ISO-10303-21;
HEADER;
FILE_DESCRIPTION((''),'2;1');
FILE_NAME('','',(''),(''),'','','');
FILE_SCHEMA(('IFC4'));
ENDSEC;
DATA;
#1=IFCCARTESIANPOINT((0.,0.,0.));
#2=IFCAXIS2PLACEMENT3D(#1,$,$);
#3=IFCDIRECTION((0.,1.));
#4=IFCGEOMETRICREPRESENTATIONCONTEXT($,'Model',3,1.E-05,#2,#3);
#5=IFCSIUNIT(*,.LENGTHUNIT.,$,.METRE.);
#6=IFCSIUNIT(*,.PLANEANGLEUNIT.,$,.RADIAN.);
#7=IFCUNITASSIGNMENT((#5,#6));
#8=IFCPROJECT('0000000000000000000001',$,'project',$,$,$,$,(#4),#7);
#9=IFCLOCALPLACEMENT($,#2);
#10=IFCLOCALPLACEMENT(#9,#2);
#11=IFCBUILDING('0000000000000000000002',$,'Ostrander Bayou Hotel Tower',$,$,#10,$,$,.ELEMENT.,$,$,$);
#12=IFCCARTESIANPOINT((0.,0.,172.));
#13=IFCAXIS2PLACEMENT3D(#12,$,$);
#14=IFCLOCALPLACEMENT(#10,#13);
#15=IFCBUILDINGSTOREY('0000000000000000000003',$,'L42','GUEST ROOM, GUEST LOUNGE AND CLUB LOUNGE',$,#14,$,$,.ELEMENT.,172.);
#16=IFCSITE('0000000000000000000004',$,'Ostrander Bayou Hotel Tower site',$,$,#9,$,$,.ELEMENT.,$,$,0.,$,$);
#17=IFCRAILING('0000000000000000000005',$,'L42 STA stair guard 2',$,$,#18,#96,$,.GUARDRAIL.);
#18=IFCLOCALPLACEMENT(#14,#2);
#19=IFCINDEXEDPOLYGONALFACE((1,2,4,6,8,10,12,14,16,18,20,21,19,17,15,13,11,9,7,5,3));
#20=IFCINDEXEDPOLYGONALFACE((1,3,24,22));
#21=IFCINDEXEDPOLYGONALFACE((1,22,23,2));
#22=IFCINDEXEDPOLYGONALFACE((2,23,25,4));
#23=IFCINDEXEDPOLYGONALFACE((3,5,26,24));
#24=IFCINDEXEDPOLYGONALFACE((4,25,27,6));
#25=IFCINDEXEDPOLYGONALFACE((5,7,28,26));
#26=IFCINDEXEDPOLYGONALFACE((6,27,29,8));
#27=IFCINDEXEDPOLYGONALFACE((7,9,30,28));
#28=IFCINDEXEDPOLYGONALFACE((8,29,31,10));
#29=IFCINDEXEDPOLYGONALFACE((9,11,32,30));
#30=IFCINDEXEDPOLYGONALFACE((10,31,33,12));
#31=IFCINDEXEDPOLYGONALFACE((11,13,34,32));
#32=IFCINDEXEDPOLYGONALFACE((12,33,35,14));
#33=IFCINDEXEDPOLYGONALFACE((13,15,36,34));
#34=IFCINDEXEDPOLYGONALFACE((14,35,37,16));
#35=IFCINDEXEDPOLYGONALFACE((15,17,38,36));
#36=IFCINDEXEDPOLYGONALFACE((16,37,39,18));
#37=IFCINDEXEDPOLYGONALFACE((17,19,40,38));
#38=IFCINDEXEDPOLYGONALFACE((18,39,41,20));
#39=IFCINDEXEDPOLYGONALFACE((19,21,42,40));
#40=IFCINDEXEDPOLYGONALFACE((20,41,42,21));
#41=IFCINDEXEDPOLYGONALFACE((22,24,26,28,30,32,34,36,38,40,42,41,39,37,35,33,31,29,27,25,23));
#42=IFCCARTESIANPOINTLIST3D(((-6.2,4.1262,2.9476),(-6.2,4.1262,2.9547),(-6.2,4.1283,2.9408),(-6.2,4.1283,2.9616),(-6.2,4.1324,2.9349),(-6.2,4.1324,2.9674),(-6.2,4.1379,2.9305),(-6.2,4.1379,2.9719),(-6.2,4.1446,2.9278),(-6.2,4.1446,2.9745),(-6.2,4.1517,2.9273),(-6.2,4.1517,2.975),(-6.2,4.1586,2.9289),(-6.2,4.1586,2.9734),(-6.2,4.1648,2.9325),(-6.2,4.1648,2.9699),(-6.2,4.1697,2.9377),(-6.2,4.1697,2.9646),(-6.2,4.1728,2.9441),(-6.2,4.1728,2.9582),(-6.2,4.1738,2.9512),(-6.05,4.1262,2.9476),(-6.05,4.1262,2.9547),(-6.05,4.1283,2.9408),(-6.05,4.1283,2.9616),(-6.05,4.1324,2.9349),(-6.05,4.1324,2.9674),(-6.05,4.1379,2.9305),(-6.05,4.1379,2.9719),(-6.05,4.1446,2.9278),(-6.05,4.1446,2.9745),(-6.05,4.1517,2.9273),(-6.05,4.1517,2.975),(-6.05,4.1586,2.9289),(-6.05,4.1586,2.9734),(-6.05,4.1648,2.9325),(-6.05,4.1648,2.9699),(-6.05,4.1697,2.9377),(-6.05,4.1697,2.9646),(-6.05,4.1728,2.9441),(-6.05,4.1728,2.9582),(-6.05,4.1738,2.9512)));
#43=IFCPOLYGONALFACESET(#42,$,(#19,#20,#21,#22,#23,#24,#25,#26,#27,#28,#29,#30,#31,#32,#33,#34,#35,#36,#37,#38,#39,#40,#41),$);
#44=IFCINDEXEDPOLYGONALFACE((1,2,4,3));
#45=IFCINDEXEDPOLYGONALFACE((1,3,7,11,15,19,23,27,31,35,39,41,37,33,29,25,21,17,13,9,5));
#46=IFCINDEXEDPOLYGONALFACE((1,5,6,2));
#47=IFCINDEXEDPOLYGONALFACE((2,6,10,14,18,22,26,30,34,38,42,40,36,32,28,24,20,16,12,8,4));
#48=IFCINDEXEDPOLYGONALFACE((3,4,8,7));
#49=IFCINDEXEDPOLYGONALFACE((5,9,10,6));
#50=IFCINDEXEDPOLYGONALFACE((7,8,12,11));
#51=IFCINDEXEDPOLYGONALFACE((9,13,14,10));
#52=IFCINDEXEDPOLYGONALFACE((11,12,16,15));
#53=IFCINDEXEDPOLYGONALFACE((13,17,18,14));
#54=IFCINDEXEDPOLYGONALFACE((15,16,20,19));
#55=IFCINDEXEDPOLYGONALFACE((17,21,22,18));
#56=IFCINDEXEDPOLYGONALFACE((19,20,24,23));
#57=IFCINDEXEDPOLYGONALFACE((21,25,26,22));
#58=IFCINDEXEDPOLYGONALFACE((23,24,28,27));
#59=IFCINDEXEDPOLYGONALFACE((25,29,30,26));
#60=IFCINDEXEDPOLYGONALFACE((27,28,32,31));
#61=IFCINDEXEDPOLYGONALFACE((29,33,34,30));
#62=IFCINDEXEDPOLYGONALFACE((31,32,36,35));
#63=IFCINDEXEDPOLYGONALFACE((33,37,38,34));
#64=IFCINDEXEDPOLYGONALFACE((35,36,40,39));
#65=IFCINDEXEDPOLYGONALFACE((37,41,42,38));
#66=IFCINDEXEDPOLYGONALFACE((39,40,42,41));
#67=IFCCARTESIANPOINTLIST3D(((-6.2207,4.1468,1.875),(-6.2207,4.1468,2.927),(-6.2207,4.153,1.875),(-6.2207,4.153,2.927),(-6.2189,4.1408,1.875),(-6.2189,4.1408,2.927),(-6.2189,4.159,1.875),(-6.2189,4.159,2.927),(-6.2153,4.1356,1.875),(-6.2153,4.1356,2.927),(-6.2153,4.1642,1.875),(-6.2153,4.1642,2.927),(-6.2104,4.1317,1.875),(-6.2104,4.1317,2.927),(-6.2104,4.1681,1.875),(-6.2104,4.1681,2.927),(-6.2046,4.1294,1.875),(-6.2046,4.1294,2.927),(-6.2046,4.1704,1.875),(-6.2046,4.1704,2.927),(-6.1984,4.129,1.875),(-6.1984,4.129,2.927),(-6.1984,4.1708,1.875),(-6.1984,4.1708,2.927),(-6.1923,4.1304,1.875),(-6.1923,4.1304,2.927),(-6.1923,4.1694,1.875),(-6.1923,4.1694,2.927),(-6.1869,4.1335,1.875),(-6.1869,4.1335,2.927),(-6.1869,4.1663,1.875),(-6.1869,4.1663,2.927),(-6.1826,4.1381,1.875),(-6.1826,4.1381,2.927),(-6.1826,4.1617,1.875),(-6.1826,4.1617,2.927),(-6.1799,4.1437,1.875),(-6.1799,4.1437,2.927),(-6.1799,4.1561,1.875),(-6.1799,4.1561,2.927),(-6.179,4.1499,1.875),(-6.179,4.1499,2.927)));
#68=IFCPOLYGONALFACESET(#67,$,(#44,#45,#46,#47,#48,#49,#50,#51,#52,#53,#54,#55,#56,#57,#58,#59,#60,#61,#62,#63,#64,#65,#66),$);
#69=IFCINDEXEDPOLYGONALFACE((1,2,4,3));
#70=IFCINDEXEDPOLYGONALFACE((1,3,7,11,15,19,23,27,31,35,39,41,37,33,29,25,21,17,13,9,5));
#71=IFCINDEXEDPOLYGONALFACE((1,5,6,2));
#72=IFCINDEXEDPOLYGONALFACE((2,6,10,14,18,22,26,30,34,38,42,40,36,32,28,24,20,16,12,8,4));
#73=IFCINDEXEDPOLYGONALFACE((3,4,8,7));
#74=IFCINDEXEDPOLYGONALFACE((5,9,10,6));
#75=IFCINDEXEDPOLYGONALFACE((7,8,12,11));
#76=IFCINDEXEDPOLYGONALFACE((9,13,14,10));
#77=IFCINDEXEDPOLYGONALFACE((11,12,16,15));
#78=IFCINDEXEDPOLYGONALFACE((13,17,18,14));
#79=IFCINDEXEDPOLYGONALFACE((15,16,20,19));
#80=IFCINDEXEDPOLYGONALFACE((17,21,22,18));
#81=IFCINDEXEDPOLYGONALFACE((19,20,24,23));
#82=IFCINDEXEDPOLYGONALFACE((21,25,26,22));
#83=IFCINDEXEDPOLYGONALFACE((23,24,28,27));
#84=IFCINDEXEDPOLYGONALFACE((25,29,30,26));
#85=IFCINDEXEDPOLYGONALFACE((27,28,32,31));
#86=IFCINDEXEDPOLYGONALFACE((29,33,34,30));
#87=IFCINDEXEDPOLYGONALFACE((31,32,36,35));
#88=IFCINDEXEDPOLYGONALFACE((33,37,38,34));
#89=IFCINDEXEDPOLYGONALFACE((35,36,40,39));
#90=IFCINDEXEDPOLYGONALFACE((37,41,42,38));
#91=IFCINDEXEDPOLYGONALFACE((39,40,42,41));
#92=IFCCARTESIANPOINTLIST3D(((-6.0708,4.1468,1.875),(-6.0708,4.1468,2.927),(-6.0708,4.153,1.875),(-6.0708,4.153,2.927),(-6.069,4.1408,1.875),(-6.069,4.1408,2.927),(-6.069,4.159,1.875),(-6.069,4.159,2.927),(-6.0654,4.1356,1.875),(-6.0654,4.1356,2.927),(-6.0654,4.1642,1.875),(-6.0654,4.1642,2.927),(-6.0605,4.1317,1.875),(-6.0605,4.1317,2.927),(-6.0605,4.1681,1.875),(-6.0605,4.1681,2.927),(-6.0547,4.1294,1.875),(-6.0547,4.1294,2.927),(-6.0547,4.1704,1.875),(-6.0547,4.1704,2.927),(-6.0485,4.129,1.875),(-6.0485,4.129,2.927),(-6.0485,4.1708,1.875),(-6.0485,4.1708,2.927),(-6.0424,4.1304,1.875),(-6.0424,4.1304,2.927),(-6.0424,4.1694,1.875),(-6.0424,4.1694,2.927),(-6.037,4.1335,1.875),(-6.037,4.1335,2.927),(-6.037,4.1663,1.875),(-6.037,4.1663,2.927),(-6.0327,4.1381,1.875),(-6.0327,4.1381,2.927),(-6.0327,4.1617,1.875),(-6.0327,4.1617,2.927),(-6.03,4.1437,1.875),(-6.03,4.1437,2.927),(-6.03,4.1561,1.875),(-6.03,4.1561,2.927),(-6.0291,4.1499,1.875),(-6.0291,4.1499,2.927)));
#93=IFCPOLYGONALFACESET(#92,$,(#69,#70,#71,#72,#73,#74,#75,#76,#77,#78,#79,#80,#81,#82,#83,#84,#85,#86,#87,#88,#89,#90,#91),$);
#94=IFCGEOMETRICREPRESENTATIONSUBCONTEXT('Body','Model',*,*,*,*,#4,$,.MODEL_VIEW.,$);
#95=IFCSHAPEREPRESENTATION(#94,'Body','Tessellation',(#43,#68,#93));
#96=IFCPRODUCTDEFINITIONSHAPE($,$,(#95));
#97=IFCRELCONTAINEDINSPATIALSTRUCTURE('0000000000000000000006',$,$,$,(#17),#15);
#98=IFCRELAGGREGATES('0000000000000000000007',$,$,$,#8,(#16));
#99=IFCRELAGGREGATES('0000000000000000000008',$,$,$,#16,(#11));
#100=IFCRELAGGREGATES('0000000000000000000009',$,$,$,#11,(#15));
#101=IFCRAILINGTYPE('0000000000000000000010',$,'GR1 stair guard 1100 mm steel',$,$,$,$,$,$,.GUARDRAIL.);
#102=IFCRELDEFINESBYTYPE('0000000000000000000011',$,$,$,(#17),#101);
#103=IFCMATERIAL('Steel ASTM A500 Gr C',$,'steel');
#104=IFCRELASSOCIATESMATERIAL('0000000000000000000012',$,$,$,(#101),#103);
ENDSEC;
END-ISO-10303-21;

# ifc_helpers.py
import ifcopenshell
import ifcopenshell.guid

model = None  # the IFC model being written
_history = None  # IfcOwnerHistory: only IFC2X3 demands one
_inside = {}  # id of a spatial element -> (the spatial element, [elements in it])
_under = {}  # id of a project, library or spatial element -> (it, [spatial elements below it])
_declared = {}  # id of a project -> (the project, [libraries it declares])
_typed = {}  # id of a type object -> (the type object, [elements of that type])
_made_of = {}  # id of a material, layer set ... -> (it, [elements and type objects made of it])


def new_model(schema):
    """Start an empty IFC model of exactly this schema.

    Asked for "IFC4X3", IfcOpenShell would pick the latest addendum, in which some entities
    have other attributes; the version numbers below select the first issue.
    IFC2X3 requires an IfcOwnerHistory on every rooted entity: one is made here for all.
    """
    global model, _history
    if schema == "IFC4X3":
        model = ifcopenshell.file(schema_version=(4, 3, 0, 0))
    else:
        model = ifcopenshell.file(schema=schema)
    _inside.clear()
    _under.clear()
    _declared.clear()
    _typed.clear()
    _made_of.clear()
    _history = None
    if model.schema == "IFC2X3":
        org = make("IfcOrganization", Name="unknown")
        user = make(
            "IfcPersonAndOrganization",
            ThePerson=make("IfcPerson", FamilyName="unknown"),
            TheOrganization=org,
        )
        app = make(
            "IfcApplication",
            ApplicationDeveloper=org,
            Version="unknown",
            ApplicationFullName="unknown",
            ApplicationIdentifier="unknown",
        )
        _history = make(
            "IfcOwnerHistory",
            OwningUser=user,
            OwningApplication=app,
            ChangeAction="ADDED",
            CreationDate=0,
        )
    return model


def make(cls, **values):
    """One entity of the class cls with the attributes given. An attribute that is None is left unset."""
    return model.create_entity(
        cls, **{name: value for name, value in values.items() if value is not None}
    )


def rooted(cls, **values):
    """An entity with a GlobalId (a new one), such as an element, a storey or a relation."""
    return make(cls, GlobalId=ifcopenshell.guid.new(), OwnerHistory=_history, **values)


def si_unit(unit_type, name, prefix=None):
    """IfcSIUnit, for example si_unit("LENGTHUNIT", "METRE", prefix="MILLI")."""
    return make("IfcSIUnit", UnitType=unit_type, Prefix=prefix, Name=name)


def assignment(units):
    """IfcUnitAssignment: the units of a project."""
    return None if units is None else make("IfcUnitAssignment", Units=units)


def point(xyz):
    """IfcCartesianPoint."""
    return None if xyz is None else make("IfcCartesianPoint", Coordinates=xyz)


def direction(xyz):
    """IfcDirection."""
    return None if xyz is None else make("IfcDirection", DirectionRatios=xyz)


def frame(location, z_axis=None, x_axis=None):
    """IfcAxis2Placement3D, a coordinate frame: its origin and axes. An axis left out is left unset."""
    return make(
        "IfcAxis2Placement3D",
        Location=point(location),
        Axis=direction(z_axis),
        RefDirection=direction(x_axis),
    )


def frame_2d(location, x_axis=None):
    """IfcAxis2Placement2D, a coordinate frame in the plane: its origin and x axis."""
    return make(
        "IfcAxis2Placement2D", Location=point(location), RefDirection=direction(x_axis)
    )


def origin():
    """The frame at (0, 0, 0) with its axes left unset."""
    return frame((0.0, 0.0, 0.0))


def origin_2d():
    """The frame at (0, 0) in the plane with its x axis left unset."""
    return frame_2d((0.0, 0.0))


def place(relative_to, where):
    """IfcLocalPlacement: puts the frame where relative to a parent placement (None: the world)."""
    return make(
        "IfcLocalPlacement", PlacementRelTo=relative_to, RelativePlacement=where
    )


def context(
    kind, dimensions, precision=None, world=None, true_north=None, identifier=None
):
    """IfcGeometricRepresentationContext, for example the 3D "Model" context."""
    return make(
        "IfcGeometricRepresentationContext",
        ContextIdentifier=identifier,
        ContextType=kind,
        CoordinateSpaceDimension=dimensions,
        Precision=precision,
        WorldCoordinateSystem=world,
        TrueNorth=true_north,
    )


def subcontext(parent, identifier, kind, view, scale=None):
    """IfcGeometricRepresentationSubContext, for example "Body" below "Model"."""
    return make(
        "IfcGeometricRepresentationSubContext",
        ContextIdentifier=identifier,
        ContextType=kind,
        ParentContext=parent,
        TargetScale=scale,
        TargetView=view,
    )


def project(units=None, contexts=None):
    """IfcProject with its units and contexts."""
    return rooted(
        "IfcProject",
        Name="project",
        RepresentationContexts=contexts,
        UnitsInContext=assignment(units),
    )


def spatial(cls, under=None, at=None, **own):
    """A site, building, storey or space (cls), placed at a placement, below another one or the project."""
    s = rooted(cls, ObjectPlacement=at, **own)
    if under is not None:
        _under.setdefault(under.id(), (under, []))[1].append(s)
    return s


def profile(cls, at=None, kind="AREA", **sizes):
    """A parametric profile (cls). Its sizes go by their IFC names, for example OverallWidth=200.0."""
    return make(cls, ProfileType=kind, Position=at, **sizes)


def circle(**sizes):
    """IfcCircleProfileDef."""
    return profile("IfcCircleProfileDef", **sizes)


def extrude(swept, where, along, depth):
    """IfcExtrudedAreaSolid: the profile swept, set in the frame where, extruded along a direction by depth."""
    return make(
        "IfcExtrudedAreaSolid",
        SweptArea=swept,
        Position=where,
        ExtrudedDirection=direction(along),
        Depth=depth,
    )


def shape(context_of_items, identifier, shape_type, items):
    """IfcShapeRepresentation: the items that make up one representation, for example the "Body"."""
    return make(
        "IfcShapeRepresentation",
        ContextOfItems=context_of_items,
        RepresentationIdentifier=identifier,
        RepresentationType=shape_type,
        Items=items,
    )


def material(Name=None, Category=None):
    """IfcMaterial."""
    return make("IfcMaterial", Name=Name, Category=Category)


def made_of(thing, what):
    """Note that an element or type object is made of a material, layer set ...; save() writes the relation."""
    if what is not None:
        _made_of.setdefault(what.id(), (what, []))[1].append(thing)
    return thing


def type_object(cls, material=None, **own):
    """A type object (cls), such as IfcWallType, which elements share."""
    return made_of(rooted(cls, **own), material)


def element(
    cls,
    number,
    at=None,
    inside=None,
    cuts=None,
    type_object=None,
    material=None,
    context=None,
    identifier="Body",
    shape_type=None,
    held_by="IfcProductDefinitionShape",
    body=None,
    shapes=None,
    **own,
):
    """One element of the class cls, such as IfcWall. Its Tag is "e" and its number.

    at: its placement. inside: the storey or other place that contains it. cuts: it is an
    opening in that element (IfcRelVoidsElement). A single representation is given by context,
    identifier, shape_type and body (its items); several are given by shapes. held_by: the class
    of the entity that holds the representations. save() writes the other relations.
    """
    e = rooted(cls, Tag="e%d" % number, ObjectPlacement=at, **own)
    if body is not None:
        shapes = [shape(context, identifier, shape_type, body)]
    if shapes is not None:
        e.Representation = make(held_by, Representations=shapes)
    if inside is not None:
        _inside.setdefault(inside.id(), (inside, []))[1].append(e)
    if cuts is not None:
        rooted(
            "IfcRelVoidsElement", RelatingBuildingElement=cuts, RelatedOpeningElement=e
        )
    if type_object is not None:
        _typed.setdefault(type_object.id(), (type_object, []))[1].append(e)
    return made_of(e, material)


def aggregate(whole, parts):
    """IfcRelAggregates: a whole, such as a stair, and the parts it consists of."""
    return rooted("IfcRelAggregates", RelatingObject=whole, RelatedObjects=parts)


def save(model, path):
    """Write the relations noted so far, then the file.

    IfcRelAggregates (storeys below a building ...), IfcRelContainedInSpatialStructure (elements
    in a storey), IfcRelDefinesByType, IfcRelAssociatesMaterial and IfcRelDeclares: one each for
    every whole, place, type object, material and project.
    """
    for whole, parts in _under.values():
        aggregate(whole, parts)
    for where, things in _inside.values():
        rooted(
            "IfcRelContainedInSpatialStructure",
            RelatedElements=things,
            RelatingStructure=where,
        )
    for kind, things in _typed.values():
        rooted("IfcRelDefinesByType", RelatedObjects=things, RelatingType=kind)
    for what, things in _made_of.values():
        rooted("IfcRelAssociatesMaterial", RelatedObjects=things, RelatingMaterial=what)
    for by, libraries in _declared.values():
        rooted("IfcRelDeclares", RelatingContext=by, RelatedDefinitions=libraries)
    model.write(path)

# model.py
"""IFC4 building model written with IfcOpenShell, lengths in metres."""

from ifc_helpers import new_model, si_unit, direction, frame, origin, origin_2d, place, context, subcontext, project, spatial, circle, extrude, material, type_object, element, save


model = new_model("IFC4")

# Units and contexts
model_context = context("Model", 3, precision=1e-05, world=origin(), true_north=direction((0.0, 1.0)))
body_context = subcontext(model_context, "Body", "Model", "MODEL_VIEW")
ifc_project = project(units=[si_unit("LENGTHUNIT", "METRE"), si_unit("PLANEANGLEUNIT", "RADIAN")], contexts=[model_context])

# Site, building, storey
site_placement = place(None, origin())
site = spatial("IfcSite", under=ifc_project, at=site_placement, Name="Ostrander Bayou Hotel Tower site", CompositionType="ELEMENT", RefElevation=0.0)
building_placement = place(site_placement, origin())
building = spatial("IfcBuilding", under=site, at=building_placement, Name="Ostrander Bayou Hotel Tower", CompositionType="ELEMENT")
storey_placement = place(building_placement, frame((0.0, 0.0, 172.0)))
storey = spatial("IfcBuildingStorey", under=building, at=storey_placement, Name="L42", Description="GUEST ROOM, GUEST LOUNGE AND CLUB LOUNGE", CompositionType="ELEMENT", Elevation=172.0)

# Railing
ifc_material_1 = material(Name="Steel ASTM A500 Gr C", Category="steel")
railing_type_1 = type_object("IfcRailingType", Name="GR1 stair guard 1100 mm steel", PredefinedType="GUARDRAIL", material=ifc_material_1)
railing_1_placement = place(storey_placement, frame((-6.2, 4.1499, 1.875)))
element("IfcRailing", 1, at=railing_1_placement, inside=storey, type_object=railing_type_1, Name="L42 STA stair guard 2", PredefinedType="GUARDRAIL", context=body_context, shape_type="SweptSolid", body=[
    extrude(circle(Radius=0.0239, at=origin_2d()), frame((0.0, 0.0, 1.0762), z_axis=(1.0, 0.0, 0.0), x_axis=(0.0, 1.0, 0.0)), (0.0, 0.0, 1.0), 0.1499),
    extrude(circle(Radius=0.021, at=origin_2d()), origin(), (0.0, 0.0, 1.0), 1.052),
    extrude(circle(Radius=0.021, at=origin_2d()), frame((0.1499, 0.0, 0.0)), (0.0, 0.0, 1.0), 1.052),
])

save(model, "model.ifc")
